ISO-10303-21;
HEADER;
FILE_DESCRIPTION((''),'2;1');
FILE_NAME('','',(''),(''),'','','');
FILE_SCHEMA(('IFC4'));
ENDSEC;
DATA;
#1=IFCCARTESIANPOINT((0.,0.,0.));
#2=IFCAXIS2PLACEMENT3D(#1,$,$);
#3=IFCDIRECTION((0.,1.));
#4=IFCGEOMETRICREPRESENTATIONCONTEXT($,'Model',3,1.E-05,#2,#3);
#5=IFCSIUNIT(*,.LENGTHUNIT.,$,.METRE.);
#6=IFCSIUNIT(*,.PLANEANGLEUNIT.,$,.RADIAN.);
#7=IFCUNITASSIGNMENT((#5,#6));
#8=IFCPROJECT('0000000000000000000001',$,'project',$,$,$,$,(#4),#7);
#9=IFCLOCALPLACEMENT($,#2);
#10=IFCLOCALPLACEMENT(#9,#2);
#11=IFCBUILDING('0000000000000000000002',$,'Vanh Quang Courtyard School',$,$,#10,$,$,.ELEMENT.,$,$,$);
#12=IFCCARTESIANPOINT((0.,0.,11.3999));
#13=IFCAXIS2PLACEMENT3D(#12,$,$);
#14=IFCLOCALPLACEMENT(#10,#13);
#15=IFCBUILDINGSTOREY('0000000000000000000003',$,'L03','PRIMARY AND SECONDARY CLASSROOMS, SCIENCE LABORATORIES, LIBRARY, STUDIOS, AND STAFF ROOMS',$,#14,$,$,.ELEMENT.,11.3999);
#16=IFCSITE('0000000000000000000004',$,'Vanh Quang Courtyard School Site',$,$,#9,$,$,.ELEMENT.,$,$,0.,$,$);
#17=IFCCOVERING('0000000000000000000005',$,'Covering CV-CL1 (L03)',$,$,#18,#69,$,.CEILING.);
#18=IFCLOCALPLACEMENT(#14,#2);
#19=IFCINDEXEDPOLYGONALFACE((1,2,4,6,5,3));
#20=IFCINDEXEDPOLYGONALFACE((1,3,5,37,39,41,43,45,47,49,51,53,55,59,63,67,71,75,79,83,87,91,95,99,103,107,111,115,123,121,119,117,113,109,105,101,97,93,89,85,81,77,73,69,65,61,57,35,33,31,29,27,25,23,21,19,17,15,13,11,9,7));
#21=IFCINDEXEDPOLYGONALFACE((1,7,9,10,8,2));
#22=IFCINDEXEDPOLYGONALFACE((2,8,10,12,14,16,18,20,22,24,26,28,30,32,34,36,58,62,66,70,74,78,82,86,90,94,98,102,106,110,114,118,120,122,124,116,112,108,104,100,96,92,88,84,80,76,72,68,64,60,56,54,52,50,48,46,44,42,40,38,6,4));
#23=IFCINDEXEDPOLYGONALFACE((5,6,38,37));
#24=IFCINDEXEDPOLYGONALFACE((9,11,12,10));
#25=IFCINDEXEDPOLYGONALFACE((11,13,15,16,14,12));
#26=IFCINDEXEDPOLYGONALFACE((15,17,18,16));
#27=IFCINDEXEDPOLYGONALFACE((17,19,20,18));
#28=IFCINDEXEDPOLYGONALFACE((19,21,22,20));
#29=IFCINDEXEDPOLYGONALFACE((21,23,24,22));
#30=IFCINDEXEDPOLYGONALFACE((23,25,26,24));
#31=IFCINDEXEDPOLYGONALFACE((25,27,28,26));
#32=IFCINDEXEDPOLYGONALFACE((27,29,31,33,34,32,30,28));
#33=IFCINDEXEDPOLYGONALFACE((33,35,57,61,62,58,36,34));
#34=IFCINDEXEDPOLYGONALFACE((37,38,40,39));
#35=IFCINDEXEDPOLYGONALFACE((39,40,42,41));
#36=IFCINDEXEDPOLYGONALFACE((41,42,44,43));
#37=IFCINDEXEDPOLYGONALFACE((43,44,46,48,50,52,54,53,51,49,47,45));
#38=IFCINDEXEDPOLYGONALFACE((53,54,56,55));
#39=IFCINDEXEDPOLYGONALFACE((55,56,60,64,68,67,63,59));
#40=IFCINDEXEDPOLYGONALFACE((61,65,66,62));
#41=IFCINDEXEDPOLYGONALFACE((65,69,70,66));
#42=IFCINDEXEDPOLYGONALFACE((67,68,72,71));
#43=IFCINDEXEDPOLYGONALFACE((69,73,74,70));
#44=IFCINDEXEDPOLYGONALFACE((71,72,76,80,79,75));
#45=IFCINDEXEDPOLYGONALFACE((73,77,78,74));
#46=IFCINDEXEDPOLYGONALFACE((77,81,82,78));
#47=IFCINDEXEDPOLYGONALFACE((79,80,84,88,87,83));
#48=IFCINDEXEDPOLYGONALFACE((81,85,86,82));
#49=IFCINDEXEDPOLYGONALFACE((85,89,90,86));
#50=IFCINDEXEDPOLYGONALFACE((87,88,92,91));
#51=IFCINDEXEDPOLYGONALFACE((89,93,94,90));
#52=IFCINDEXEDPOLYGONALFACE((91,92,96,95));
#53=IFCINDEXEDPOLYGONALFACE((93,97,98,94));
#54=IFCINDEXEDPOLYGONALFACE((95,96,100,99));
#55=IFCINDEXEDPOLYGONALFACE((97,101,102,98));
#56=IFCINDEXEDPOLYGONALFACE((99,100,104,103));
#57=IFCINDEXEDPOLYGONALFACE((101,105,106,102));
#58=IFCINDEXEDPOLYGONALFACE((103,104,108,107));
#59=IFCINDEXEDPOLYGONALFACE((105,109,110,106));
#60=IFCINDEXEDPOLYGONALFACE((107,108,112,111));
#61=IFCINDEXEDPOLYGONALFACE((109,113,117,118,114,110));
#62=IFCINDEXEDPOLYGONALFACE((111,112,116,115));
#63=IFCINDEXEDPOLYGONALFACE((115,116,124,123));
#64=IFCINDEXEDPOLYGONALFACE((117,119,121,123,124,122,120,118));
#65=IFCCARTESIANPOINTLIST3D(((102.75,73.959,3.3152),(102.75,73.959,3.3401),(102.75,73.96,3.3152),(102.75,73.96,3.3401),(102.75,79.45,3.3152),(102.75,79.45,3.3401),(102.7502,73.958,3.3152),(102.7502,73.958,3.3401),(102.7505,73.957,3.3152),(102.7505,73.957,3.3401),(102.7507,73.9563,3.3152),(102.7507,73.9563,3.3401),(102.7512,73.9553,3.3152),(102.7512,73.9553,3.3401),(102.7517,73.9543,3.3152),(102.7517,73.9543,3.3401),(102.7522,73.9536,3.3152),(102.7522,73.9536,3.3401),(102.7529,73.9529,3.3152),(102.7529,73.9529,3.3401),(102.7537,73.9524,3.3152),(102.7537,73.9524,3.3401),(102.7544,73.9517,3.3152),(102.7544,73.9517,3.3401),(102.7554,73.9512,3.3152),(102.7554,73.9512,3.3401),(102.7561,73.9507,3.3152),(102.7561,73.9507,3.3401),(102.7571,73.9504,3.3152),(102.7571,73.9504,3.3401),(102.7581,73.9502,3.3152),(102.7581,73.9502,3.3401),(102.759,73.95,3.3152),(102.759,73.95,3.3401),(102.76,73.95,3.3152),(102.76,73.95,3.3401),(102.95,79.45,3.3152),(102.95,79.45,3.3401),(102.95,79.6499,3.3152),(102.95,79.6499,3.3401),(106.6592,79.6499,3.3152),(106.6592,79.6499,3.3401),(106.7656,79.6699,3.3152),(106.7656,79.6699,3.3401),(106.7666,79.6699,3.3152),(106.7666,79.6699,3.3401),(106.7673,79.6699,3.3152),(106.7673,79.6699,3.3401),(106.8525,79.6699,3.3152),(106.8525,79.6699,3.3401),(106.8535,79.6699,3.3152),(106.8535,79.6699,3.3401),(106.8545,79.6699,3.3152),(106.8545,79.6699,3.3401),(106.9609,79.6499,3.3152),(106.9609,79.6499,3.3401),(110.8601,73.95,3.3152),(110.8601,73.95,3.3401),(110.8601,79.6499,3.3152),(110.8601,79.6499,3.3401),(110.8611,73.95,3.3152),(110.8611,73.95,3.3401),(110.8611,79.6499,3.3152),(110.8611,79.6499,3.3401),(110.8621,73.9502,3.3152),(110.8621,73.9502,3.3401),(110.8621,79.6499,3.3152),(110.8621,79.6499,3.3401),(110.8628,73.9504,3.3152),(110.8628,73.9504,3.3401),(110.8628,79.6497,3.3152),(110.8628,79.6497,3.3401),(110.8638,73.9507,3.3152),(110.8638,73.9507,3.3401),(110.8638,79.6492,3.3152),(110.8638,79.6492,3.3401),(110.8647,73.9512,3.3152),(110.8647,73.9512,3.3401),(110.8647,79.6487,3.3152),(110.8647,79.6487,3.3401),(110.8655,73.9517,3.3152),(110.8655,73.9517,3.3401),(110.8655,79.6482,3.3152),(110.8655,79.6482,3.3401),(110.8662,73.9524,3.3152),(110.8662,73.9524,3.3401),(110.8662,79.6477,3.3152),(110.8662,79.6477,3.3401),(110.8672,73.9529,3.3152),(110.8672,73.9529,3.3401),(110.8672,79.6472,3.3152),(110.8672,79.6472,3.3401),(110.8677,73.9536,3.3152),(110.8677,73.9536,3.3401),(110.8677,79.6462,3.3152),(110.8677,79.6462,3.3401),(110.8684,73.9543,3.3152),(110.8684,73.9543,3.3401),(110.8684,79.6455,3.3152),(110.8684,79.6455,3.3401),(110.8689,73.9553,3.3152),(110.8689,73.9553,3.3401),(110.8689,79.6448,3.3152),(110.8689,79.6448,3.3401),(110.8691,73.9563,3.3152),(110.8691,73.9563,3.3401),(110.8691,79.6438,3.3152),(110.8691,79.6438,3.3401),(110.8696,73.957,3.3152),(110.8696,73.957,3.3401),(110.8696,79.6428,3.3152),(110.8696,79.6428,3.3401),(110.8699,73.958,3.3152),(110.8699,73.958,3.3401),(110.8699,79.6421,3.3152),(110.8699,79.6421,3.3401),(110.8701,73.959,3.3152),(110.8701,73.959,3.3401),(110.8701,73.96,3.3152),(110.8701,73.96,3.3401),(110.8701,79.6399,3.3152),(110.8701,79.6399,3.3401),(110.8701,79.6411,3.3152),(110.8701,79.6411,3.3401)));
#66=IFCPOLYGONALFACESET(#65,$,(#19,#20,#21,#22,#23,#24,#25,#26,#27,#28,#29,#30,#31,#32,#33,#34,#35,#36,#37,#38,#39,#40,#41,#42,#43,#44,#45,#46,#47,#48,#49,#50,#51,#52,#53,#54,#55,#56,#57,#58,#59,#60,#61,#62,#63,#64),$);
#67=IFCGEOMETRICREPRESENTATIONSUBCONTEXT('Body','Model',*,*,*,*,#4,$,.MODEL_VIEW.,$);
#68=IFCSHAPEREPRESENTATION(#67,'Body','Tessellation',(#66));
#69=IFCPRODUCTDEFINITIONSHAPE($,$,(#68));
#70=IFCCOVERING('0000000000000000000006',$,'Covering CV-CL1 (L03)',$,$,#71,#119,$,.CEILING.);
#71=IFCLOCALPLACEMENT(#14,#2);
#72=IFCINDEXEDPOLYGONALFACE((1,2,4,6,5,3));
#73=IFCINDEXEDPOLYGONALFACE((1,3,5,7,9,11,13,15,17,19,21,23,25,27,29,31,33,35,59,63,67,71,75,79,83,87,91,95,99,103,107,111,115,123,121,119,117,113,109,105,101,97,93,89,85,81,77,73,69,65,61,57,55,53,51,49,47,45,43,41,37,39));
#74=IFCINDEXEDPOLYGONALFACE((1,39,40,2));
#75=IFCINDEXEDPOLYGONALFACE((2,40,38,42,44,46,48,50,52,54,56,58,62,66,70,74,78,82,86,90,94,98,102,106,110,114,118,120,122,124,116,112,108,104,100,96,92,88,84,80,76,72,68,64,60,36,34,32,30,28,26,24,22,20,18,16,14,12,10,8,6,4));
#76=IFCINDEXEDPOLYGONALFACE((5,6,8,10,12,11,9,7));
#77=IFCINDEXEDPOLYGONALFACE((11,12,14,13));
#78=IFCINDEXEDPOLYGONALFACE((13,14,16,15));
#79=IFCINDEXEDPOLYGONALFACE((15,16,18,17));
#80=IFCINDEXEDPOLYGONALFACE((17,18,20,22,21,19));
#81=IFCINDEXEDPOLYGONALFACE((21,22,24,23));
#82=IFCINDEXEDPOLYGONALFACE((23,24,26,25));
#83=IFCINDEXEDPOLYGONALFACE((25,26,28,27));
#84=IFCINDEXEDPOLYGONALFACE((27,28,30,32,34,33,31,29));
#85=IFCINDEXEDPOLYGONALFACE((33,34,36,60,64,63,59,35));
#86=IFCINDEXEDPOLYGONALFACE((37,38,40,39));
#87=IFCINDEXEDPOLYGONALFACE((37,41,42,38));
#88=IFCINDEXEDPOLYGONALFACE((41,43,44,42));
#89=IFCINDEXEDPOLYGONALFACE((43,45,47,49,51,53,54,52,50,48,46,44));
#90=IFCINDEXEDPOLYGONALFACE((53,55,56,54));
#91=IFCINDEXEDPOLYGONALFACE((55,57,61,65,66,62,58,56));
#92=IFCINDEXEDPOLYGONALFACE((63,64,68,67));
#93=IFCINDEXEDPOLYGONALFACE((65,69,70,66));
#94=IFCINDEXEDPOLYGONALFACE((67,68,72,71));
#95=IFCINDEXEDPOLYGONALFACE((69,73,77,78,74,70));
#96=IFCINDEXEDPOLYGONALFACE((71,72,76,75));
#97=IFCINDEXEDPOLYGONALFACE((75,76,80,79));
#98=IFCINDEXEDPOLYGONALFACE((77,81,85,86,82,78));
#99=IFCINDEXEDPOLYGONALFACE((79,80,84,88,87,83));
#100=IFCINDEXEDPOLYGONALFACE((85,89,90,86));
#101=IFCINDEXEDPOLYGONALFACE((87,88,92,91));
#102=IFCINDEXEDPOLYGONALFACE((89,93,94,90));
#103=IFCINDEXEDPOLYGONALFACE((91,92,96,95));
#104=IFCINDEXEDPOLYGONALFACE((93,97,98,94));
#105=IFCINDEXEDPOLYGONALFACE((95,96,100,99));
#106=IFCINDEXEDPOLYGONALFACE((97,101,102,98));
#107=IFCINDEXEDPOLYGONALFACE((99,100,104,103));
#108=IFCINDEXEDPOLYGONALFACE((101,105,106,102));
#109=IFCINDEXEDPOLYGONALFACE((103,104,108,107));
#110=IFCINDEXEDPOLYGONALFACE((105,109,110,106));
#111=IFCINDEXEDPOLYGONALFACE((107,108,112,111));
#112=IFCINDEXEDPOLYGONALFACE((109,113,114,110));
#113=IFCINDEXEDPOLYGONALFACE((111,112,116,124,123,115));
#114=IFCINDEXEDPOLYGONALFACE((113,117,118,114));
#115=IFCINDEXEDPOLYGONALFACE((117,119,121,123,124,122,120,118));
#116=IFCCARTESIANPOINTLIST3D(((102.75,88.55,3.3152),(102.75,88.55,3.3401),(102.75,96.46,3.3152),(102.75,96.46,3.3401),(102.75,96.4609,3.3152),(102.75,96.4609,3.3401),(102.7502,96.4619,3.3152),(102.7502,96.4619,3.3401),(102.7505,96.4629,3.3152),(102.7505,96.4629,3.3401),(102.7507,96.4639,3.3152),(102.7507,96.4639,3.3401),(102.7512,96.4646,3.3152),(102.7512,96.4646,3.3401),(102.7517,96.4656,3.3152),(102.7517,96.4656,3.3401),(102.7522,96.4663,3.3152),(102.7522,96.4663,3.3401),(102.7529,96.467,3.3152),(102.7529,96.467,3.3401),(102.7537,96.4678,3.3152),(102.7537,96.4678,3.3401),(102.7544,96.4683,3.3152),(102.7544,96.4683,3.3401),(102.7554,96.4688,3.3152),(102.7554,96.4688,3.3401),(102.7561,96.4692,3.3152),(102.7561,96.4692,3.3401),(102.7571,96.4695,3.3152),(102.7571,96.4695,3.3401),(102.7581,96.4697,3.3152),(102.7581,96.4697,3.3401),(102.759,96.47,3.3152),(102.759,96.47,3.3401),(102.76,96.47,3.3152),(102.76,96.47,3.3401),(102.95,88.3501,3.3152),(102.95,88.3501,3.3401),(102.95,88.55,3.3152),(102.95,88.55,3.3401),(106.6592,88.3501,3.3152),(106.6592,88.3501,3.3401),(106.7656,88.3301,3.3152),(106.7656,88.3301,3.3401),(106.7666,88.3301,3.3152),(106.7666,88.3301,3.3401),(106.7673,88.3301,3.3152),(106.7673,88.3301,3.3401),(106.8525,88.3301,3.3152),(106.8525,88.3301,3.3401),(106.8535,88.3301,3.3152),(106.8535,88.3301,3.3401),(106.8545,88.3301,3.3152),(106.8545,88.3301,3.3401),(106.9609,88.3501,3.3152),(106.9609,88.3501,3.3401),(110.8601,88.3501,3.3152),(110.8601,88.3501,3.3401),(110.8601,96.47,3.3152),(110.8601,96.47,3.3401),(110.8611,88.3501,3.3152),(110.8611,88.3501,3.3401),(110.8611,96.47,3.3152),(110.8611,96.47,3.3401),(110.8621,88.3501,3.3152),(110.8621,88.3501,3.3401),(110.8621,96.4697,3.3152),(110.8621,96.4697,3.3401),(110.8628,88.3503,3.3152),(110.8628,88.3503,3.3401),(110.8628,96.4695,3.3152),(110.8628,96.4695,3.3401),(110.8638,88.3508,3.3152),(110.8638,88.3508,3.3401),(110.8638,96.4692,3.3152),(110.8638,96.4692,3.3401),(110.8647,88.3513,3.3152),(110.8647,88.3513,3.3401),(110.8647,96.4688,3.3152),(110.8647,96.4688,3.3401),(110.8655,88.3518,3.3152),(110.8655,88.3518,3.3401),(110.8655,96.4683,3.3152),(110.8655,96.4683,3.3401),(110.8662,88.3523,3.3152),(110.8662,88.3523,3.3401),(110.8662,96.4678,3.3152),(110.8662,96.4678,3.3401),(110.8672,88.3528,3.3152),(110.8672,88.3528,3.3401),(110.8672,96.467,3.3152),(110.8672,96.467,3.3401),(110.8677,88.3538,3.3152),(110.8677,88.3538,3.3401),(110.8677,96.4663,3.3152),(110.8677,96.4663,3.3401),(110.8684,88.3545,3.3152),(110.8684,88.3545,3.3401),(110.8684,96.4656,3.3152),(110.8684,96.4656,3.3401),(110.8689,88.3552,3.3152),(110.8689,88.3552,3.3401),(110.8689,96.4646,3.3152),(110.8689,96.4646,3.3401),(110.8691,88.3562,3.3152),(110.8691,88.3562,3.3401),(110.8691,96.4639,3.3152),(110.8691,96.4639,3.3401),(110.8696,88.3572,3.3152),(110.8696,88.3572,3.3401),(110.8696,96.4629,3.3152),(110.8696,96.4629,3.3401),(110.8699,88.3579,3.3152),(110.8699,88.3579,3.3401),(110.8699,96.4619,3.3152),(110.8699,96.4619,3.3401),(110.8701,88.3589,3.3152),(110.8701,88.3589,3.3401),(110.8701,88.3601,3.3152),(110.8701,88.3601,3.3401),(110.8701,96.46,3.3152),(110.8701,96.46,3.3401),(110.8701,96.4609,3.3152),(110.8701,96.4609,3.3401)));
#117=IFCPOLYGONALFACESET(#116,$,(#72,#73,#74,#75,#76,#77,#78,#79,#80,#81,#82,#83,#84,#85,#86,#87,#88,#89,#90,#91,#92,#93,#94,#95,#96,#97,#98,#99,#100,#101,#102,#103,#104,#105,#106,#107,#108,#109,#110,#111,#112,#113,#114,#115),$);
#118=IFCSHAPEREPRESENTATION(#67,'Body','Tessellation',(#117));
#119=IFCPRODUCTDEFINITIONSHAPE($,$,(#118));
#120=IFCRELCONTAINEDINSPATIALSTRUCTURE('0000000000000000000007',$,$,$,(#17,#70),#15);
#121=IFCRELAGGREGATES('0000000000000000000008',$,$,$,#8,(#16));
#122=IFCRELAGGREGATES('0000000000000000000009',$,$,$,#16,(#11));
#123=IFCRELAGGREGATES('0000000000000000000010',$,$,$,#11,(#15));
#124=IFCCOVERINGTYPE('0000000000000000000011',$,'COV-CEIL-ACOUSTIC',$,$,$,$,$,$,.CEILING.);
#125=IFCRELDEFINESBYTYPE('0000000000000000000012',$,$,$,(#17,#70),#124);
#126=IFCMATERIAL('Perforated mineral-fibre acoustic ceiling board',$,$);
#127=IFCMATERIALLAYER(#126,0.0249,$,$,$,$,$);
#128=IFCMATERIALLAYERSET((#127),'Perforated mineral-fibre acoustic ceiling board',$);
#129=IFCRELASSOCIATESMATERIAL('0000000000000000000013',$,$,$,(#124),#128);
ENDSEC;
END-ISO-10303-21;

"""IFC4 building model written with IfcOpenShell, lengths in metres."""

from ifc_helpers import new_model, si_unit, direction, frame, origin, place, context, subcontext, project, spatial, polyline, outline, extrude, material, layer, layer_set, type_object, element, save


model = new_model("IFC4")

# Units and contexts
model_context = context("Model", 3, precision=1e-05, world=origin(), true_north=direction((0.0, 1.0)))
body_context = subcontext(model_context, "Body", "Model", "MODEL_VIEW")
ifc_project = project(units=[si_unit("LENGTHUNIT", "METRE"), si_unit("PLANEANGLEUNIT", "RADIAN")], contexts=[model_context])

# Site, building, storey
site_placement = place(None, origin())
site = spatial("IfcSite", under=ifc_project, at=site_placement, Name="Vanh Quang Courtyard School Site", CompositionType="ELEMENT", RefElevation=0.0)
building_placement = place(site_placement, origin())
building = spatial("IfcBuilding", under=site, at=building_placement, Name="Vanh Quang Courtyard School", CompositionType="ELEMENT")
storey_placement = place(building_placement, frame((0.0, 0.0, 11.3999)))
storey = spatial("IfcBuildingStorey", under=building, at=storey_placement, Name="L03", Description="PRIMARY AND SECONDARY CLASSROOMS, SCIENCE LABORATORIES, LIBRARY, STUDIOS, AND STAFF ROOMS", CompositionType="ELEMENT", Elevation=11.3999)

# Coverings
ifc_material_1 = material(Name="Perforated mineral-fibre acoustic ceiling board")
ifc_layer_1 = layer(ifc_material_1, 0.0249)
ifc_layer_set_1 = layer_set([ifc_layer_1], Name="Perforated mineral-fibre acoustic ceiling board")
covering_type_1 = type_object("IfcCoveringType", Name="COV-CEIL-ACOUSTIC", PredefinedType="CEILING", material=ifc_layer_set_1)
covering_1_placement = place(storey_placement, frame((0.0, 0.0, 3.3152)))
element("IfcCovering", 1, at=covering_1_placement, inside=storey, type_object=covering_type_1, Name="Covering CV-CL1 (L03)", PredefinedType="CEILING", context=body_context, shape_type="SweptSolid", body=[
    extrude(outline(polyline([(102.75, 79.45), (102.95, 79.45), (102.95, 79.6499), (106.6592, 79.6499), (106.7656, 79.6699), (106.7666, 79.6699), (106.7673, 79.6699), (106.8525, 79.6699), (106.8535, 79.6699), (106.8545, 79.6699), (106.9609, 79.6499), (110.8601, 79.6499), (110.8611, 79.6499), (110.8621, 79.6499), (110.8628, 79.6497), (110.8638, 79.6492), (110.8647, 79.6487), (110.8655, 79.6482), (110.8662, 79.6477), (110.8672, 79.6472), (110.8677, 79.6462), (110.8684, 79.6455), (110.8689, 79.6448), (110.8691, 79.6438), (110.8696, 79.6428), (110.8699, 79.6421), (110.8701, 79.6411), (110.8701, 79.6399), (110.8701, 73.96), (110.8701, 73.959), (110.8699, 73.958), (110.8696, 73.957), (110.8691, 73.9563), (110.8689, 73.9553), (110.8684, 73.9543), (110.8677, 73.9536), (110.8672, 73.9529), (110.8662, 73.9524), (110.8655, 73.9517), (110.8647, 73.9512), (110.8638, 73.9507), (110.8628, 73.9504), (110.8621, 73.9502), (110.8611, 73.95), (110.8601, 73.95), (102.76, 73.95), (102.759, 73.95), (102.7581, 73.9502), (102.7571, 73.9504), (102.7561, 73.9507), (102.7554, 73.9512), (102.7544, 73.9517), (102.7537, 73.9524), (102.7529, 73.9529), (102.7522, 73.9536), (102.7517, 73.9543), (102.7512, 73.9553), (102.7507, 73.9563), (102.7505, 73.957), (102.7502, 73.958), (102.75, 73.959), (102.75, 73.96), (102.75, 79.45)])), origin(), (0.0, 0.0, 1.0), 0.0249),
])
covering_2_placement = place(storey_placement, frame((0.0, 0.0, 3.3152)))
element("IfcCovering", 2, at=covering_2_placement, inside=storey, type_object=covering_type_1, Name="Covering CV-CL1 (L03)", PredefinedType="CEILING", context=body_context, shape_type="SweptSolid", body=[
    extrude(outline(polyline([(102.95, 88.3501), (102.95, 88.55), (102.75, 88.55), (102.75, 96.46), (102.75, 96.4609), (102.7502, 96.4619), (102.7505, 96.4629), (102.7507, 96.4639), (102.7512, 96.4646), (102.7517, 96.4656), (102.7522, 96.4663), (102.7529, 96.467), (102.7537, 96.4678), (102.7544, 96.4683), (102.7554, 96.4688), (102.7561, 96.4692), (102.7571, 96.4695), (102.7581, 96.4697), (102.759, 96.47), (102.76, 96.47), (110.8601, 96.47), (110.8611, 96.47), (110.8621, 96.4697), (110.8628, 96.4695), (110.8638, 96.4692), (110.8647, 96.4688), (110.8655, 96.4683), (110.8662, 96.4678), (110.8672, 96.467), (110.8677, 96.4663), (110.8684, 96.4656), (110.8689, 96.4646), (110.8691, 96.4639), (110.8696, 96.4629), (110.8699, 96.4619), (110.8701, 96.4609), (110.8701, 96.46), (110.8701, 88.3601), (110.8701, 88.3589), (110.8699, 88.3579), (110.8696, 88.3572), (110.8691, 88.3562), (110.8689, 88.3552), (110.8684, 88.3545), (110.8677, 88.3538), (110.8672, 88.3528), (110.8662, 88.3523), (110.8655, 88.3518), (110.8647, 88.3513), (110.8638, 88.3508), (110.8628, 88.3503), (110.8621, 88.3501), (110.8611, 88.3501), (110.8601, 88.3501), (106.9609, 88.3501), (106.8545, 88.3301), (106.8535, 88.3301), (106.8525, 88.3301), (106.7673, 88.3301), (106.7666, 88.3301), (106.7656, 88.3301), (106.6592, 88.3501), (102.95, 88.3501)])), origin(), (0.0, 0.0, 1.0), 0.0249),
])

save(model, "model.ifc")
